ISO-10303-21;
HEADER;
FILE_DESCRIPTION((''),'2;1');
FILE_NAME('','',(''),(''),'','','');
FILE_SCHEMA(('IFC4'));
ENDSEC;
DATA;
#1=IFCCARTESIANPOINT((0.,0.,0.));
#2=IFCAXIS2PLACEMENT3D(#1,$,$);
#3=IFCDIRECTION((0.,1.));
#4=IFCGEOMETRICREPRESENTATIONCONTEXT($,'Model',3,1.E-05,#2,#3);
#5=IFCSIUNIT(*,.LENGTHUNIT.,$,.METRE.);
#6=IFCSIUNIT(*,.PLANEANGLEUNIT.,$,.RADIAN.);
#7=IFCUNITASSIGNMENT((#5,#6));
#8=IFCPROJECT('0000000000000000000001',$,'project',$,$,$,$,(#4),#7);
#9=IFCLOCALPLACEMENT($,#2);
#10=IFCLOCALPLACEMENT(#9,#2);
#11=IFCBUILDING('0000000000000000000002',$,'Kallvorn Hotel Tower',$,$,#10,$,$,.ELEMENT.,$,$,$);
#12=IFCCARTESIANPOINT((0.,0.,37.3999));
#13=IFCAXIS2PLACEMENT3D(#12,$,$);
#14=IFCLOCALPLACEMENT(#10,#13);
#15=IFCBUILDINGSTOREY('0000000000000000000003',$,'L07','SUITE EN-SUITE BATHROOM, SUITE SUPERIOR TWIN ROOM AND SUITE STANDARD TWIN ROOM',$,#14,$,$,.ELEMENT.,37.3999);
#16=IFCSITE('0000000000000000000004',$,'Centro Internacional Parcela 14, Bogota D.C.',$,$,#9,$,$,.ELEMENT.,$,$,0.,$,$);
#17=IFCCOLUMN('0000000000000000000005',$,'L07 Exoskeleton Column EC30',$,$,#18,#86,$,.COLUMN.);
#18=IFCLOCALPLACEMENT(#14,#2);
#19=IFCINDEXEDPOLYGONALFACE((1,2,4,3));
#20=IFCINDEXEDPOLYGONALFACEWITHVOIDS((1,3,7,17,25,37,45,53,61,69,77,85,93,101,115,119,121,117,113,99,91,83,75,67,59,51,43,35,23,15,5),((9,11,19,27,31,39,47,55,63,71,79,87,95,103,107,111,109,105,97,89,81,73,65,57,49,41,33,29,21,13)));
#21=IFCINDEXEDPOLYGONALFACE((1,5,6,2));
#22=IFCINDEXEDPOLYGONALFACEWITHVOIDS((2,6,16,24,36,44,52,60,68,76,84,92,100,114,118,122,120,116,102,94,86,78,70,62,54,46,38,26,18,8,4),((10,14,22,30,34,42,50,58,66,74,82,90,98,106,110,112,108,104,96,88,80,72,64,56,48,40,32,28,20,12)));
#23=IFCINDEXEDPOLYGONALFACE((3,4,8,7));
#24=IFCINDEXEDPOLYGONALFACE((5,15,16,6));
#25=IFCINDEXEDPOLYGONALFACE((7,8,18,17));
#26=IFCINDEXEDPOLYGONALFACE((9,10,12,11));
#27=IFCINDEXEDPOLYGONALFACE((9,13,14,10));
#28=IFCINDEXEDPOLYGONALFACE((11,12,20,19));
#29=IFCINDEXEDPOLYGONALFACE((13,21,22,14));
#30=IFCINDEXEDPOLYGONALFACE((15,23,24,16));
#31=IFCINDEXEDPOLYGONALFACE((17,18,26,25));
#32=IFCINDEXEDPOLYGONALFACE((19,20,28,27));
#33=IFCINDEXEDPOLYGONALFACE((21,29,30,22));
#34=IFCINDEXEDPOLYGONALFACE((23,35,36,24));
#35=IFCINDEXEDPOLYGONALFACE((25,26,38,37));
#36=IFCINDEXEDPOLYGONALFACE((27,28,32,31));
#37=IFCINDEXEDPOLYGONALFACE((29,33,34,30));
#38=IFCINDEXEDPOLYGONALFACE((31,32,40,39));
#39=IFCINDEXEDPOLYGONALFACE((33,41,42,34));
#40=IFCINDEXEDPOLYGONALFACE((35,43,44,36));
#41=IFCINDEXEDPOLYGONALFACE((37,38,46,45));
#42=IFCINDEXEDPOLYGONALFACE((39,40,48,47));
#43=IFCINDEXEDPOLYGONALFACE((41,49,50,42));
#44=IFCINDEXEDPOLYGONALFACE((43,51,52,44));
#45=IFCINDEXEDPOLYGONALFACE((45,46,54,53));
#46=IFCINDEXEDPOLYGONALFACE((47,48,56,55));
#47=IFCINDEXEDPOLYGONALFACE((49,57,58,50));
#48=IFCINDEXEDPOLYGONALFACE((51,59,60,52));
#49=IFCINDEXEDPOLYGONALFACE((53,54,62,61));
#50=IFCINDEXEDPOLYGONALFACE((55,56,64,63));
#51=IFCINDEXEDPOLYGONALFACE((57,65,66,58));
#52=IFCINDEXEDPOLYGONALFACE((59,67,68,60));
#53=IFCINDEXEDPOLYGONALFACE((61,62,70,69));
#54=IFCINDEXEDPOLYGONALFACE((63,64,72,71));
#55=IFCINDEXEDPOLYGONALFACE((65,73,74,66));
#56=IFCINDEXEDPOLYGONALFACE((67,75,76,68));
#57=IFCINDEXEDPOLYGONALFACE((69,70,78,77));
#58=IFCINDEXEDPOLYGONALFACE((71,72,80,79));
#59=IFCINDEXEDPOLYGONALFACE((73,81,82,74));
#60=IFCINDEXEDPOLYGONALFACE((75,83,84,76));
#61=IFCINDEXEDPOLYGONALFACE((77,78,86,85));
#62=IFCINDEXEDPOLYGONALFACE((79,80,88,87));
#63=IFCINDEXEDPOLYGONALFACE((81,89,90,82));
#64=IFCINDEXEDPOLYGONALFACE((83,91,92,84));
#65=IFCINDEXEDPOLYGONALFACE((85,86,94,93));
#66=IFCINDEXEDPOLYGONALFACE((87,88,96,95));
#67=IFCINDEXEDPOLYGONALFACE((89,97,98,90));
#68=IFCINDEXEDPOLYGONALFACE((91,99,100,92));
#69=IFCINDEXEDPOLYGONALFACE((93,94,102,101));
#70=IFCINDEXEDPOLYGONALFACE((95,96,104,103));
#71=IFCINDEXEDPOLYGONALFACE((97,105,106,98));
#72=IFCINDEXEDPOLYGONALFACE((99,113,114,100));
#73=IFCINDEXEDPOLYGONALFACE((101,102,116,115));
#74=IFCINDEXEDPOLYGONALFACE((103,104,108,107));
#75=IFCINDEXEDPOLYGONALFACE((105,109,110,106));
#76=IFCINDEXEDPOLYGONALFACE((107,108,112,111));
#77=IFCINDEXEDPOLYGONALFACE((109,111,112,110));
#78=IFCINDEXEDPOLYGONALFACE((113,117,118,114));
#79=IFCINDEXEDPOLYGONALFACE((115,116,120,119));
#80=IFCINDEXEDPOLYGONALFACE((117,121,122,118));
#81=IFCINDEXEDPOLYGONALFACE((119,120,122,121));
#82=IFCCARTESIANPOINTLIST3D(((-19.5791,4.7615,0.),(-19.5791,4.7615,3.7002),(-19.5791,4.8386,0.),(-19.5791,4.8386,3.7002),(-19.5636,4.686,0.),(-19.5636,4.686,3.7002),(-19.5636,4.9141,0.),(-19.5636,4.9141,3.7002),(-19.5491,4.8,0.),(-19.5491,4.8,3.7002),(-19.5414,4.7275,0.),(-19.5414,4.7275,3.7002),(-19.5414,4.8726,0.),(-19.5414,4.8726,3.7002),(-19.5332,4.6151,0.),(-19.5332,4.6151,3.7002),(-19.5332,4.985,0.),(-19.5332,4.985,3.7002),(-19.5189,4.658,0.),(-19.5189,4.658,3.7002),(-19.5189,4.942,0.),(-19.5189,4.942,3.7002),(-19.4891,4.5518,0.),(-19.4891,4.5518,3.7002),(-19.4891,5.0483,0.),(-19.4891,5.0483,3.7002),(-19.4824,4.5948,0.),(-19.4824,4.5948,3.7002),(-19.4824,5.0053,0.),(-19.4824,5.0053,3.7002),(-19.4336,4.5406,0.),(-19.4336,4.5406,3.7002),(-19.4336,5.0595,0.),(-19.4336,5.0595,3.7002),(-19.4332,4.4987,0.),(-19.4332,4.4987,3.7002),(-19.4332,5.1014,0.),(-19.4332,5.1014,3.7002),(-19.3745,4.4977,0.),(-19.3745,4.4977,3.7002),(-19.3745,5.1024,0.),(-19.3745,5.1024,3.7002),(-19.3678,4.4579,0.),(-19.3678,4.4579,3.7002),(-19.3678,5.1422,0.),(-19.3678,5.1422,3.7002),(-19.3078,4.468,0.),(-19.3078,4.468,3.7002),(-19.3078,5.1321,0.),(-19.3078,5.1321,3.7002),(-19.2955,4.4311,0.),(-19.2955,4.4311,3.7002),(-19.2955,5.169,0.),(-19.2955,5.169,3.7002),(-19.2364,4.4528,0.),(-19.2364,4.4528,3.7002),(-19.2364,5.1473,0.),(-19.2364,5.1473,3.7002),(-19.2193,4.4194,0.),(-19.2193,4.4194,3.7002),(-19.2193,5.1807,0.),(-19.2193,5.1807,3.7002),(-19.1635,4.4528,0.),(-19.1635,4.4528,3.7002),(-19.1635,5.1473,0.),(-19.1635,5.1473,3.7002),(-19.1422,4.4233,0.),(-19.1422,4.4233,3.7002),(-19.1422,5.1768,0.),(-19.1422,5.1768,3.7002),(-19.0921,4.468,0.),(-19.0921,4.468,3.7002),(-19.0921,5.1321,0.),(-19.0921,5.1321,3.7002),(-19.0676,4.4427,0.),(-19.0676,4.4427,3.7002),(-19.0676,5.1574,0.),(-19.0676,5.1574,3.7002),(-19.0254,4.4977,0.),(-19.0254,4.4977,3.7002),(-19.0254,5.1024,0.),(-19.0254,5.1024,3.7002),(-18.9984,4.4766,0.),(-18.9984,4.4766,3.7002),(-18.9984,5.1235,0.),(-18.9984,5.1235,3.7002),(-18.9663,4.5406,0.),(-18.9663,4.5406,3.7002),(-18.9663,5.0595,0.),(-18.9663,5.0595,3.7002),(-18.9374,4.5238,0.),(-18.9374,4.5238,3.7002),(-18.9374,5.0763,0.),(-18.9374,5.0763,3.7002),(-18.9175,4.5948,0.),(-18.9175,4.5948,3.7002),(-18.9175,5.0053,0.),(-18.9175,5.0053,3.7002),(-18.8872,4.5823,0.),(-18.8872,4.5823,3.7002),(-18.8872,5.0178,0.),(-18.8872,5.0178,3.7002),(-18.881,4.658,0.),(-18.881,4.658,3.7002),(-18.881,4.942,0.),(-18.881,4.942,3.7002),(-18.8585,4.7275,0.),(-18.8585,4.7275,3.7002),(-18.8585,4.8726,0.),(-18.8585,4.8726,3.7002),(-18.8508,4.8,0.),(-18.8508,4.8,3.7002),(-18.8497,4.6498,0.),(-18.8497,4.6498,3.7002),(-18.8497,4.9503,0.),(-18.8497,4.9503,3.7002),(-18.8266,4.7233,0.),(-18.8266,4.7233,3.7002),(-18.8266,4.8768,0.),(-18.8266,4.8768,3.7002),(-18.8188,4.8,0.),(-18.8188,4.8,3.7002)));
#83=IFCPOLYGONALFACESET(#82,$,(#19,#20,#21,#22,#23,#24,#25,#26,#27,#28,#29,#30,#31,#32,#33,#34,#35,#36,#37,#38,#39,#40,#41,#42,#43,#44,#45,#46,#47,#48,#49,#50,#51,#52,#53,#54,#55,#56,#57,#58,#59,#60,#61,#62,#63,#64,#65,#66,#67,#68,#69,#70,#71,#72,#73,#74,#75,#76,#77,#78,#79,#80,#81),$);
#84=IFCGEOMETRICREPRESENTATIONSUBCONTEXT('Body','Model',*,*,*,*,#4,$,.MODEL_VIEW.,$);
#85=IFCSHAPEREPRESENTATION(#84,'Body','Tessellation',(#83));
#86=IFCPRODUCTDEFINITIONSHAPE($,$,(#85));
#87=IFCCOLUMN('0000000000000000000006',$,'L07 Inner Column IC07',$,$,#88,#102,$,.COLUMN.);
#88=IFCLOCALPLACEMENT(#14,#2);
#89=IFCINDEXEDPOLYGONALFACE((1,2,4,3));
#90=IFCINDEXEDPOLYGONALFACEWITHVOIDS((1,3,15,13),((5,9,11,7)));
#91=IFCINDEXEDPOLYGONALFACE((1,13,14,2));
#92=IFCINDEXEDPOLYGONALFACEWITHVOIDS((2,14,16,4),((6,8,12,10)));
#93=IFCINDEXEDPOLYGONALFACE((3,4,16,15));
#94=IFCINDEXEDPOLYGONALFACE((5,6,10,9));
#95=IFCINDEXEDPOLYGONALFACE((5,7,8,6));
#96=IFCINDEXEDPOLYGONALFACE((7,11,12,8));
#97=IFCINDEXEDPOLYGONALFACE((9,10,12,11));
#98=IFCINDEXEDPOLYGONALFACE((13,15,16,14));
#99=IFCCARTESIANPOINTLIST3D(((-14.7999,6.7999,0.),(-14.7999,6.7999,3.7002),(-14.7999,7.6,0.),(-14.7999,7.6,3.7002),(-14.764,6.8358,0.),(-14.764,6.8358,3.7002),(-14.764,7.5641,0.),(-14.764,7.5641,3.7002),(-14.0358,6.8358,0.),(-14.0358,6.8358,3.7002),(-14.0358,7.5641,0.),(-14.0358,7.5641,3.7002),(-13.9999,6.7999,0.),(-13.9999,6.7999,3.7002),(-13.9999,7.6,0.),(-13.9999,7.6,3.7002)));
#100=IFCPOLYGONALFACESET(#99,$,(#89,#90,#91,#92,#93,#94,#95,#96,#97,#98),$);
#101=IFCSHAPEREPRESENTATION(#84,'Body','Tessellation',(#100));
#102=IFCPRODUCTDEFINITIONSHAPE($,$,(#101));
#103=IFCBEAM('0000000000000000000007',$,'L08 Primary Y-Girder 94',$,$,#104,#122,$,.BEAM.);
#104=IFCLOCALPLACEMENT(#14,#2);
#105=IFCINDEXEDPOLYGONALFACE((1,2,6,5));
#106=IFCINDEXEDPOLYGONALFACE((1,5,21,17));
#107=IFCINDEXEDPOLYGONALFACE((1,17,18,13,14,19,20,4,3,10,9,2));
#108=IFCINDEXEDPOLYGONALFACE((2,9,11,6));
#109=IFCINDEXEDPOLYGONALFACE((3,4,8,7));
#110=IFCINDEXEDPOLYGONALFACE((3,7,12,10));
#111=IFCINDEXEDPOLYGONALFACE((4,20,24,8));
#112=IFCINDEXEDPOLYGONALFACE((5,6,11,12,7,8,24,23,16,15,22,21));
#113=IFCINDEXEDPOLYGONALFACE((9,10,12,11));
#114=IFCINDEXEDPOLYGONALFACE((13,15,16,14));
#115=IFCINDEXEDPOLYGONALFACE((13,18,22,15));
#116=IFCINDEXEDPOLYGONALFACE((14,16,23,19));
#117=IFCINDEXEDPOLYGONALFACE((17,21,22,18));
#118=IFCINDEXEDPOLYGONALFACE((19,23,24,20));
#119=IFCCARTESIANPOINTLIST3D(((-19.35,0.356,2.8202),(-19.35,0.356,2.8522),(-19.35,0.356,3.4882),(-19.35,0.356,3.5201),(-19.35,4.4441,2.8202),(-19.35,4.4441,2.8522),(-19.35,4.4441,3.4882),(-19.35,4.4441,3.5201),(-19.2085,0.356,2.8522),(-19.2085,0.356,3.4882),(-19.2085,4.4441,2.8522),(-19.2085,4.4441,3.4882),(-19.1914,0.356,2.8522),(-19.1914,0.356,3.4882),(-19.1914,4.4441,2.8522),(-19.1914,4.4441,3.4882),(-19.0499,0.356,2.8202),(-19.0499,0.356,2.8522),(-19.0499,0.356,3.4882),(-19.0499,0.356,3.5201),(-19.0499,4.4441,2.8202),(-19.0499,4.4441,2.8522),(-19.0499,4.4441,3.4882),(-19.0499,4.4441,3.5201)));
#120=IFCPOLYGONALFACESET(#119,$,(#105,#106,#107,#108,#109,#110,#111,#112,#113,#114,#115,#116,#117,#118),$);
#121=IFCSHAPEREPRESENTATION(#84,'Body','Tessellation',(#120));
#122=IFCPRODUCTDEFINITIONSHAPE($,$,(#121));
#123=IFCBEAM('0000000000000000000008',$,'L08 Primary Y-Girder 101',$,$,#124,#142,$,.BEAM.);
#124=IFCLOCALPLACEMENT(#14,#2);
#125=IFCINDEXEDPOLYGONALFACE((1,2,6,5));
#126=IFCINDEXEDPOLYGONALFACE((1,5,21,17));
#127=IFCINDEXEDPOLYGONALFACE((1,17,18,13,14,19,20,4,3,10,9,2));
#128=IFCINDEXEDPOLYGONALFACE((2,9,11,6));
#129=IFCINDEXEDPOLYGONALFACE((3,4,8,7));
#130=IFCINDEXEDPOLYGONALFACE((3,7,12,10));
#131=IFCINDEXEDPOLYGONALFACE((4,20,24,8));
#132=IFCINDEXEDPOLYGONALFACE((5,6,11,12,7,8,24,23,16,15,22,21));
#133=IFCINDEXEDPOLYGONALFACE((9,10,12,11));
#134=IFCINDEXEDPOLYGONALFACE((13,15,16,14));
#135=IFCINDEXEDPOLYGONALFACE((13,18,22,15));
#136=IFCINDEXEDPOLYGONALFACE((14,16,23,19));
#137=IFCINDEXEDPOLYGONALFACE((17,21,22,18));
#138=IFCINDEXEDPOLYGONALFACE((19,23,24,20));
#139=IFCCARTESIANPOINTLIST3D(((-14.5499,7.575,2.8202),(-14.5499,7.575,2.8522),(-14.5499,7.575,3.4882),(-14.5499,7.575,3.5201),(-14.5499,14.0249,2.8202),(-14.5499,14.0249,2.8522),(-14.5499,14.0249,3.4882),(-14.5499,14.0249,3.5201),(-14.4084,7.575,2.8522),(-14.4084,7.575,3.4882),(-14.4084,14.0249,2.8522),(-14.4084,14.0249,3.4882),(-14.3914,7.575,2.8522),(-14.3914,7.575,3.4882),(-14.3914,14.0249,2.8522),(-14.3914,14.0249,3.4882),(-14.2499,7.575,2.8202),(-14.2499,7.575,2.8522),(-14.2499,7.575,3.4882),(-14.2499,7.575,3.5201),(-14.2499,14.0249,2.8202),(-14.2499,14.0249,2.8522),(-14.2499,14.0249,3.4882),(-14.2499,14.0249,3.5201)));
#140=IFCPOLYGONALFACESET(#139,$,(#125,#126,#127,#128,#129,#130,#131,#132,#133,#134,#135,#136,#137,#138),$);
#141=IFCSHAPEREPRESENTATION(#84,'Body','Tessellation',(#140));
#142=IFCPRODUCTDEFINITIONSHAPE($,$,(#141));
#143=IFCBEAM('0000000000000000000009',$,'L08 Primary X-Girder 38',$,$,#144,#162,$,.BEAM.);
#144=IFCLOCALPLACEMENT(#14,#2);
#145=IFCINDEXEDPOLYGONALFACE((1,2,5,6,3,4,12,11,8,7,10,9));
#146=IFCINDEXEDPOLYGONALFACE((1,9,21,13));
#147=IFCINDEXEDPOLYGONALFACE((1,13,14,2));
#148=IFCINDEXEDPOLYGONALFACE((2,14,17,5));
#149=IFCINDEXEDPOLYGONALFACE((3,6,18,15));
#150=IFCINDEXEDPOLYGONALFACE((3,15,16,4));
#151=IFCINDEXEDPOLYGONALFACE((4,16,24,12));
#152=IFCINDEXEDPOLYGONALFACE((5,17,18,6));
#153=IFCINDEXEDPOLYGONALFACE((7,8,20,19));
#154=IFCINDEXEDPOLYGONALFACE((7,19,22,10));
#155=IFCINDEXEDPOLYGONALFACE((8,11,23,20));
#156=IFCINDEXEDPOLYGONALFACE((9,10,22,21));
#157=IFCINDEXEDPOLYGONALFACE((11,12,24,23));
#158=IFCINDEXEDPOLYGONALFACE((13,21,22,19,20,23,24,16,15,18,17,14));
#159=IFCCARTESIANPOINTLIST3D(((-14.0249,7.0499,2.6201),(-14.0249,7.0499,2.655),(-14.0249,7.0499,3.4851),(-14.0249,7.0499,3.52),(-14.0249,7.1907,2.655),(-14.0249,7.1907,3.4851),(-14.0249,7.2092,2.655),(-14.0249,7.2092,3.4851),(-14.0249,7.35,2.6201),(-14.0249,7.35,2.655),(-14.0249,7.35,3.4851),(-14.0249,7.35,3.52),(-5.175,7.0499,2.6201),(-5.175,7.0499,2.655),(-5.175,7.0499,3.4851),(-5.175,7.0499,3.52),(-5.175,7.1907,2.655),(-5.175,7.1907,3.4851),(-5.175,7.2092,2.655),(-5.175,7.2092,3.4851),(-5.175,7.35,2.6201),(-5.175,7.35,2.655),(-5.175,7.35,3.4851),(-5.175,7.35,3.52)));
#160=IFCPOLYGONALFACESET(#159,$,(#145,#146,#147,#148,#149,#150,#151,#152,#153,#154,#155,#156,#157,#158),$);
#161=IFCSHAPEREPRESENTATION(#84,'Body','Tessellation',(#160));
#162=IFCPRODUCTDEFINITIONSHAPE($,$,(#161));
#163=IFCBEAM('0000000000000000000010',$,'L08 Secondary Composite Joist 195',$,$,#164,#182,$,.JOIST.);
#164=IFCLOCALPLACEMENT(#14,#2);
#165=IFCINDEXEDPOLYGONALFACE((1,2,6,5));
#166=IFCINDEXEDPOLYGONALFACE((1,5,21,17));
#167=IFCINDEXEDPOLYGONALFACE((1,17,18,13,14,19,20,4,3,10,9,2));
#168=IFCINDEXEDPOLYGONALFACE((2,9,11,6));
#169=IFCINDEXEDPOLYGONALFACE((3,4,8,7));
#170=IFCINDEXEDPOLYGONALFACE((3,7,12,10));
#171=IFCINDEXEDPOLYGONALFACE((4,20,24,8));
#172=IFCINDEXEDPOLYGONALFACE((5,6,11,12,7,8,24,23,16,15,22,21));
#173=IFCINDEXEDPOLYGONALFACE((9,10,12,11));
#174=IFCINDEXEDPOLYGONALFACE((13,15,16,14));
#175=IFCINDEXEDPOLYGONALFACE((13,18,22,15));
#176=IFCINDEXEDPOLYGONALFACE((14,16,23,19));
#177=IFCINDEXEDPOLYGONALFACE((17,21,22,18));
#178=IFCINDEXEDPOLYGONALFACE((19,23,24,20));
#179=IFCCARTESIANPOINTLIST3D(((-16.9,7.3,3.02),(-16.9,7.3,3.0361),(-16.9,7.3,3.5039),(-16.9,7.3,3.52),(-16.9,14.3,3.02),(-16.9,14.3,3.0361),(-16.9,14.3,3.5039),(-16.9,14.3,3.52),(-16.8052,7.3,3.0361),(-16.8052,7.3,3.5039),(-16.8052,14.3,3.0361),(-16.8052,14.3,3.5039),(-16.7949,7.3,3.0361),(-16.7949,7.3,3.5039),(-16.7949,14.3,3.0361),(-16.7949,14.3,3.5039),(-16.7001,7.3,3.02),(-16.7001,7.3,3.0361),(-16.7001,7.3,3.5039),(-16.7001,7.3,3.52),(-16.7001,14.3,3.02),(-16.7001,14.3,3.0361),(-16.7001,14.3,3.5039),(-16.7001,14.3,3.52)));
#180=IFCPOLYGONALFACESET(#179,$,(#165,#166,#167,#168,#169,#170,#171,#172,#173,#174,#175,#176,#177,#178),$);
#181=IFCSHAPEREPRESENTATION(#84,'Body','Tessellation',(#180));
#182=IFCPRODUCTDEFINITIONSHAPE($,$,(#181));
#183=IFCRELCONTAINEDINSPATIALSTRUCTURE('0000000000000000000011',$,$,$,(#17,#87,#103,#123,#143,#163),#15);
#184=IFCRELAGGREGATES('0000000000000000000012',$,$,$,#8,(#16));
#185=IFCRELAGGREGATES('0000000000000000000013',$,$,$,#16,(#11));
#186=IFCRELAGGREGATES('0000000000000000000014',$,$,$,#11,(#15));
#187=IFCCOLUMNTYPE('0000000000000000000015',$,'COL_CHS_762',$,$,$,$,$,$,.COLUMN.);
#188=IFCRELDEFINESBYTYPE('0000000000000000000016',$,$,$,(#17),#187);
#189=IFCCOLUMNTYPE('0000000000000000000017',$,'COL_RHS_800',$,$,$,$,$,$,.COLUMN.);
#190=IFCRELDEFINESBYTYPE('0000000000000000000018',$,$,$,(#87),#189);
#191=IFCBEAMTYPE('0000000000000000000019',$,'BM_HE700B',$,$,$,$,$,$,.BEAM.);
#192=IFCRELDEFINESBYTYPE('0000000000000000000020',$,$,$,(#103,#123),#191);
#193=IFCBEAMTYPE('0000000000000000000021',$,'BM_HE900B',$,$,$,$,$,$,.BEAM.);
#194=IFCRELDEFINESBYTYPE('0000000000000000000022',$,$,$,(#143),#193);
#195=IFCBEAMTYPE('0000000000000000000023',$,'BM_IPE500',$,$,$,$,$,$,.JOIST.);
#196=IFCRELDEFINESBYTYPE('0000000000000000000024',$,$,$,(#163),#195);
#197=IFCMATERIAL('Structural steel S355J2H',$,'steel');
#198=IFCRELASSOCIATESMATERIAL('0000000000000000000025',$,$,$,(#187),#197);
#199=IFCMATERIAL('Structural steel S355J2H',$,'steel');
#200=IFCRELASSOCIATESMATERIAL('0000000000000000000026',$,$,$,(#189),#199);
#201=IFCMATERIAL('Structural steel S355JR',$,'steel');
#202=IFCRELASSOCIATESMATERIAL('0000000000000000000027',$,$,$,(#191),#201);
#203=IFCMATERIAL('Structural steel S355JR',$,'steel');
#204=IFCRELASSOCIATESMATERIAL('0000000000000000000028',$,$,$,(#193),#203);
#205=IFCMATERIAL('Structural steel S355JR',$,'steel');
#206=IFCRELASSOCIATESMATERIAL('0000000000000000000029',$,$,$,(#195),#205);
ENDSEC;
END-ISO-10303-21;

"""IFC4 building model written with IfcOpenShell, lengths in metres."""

from ifc_helpers import new_model, si_unit, direction, frame, origin, origin_2d, place, context, subcontext, project, spatial, hollow_rectangle, hollow_circle, i_section, extrude, material, material_profile, profile_set, type_object, element, save


model = new_model("IFC4")

# Units and contexts
model_context = context("Model", 3, precision=1e-05, world=origin(), true_north=direction((0.0, 1.0)))
body_context = subcontext(model_context, "Body", "Model", "MODEL_VIEW")
ifc_project = project(units=[si_unit("LENGTHUNIT", "METRE"), si_unit("PLANEANGLEUNIT", "RADIAN")], contexts=[model_context])

# Site, building, storey
site_placement = place(None, origin())
site = spatial("IfcSite", under=ifc_project, at=site_placement, Name="Centro Internacional Parcela 14, Bogota D.C.", CompositionType="ELEMENT", RefElevation=0.0)
building_placement = place(site_placement, origin())
building = spatial("IfcBuilding", under=site, at=building_placement, Name="Kallvorn Hotel Tower", CompositionType="ELEMENT")
storey_placement = place(building_placement, frame((0.0, 0.0, 37.3999)))
storey = spatial("IfcBuildingStorey", under=building, at=storey_placement, Name="L07", Description="SUITE EN-SUITE BATHROOM, SUITE SUPERIOR TWIN ROOM AND SUITE STANDARD TWIN ROOM", CompositionType="ELEMENT", Elevation=37.3999)

# Columns
ifc_material_1 = material(Name="Structural steel S355J2H", Category="steel")
ifc_material_profile_1 = material_profile(ifc_material_1, hollow_circle(Radius=0.3811, WallThickness=0.032, at=origin_2d()), Name="CHS 762x32")
ifc_profile_set_1 = profile_set([ifc_material_profile_1], Name="Structural steel S355J2H")
column_type_1 = type_object("IfcColumnType", Name="COL_CHS_762", PredefinedType="COLUMN", material=ifc_profile_set_1)
column_1_placement = place(storey_placement, frame((-19.2, 4.8, 0.0), z_axis=(0.0, 0.0, 1.0), x_axis=(1.0, 0.0, 0.0)))
element("IfcColumn", 1, at=column_1_placement, inside=storey, type_object=column_type_1, Name="L07 Exoskeleton Column EC30", PredefinedType="COLUMN", context=body_context, shape_type="SweptSolid", body=[
    extrude(hollow_circle(Radius=0.3811, WallThickness=0.032, at=origin_2d()), origin(), (0.0, 0.0, 1.0), 3.7002),
])
ifc_material_2 = material(Name="Structural steel S355J2H", Category="steel")
ifc_material_profile_2 = material_profile(ifc_material_2, hollow_rectangle(XDim=0.8, YDim=0.8, WallThickness=0.0359, at=origin_2d()), Name="RHS 800x800x36")
ifc_profile_set_2 = profile_set([ifc_material_profile_2], Name="Structural steel S355J2H")
column_type_2 = type_object("IfcColumnType", Name="COL_RHS_800", PredefinedType="COLUMN", material=ifc_profile_set_2)
column_2_placement = place(storey_placement, frame((-14.3999, 7.2, 0.0), z_axis=(0.0, 0.0, 1.0), x_axis=(1.0, 0.0, 0.0)))
element("IfcColumn", 2, at=column_2_placement, inside=storey, type_object=column_type_2, Name="L07 Inner Column IC07", PredefinedType="COLUMN", context=body_context, shape_type="SweptSolid", body=[
    extrude(hollow_rectangle(XDim=0.8, YDim=0.8, WallThickness=0.0359, at=origin_2d()), origin(), (0.0, 0.0, 1.0), 3.7002),
])

# Beams
ifc_material_3 = material(Name="Structural steel S355JR", Category="steel")
ifc_material_profile_3 = material_profile(ifc_material_3, i_section(OverallWidth=0.3, OverallDepth=0.7, WebThickness=0.0171, FlangeThickness=0.032, at=origin_2d()), Name="HE 700 B")
ifc_profile_set_3 = profile_set([ifc_material_profile_3], Name="Structural steel S355JR")
beam_type_1 = type_object("IfcBeamType", Name="BM_HE700B", PredefinedType="BEAM", material=ifc_profile_set_3)
beam_1_placement = place(storey_placement, frame((-19.2, 0.356, 3.1702), z_axis=(0.0, 1.0, 0.0), x_axis=(-1.0, 0.0, 0.0)))
element("IfcBeam", 3, at=beam_1_placement, inside=storey, type_object=beam_type_1, Name="L08 Primary Y-Girder 94", PredefinedType="BEAM", context=body_context, shape_type="SweptSolid", body=[
    extrude(i_section(OverallWidth=0.3, OverallDepth=0.7, WebThickness=0.0171, FlangeThickness=0.032, at=origin_2d()), origin(), (0.0, 0.0, 1.0), 4.0881),
])
beam_2_placement = place(storey_placement, frame((-14.3999, 7.575, 3.1702), z_axis=(0.0, 1.0, 0.0), x_axis=(-1.0, 0.0, 0.0)))
element("IfcBeam", 4, at=beam_2_placement, inside=storey, type_object=beam_type_1, Name="L08 Primary Y-Girder 101", PredefinedType="BEAM", context=body_context, shape_type="SweptSolid", body=[
    extrude(i_section(OverallWidth=0.3, OverallDepth=0.7, WebThickness=0.0171, FlangeThickness=0.032, at=origin_2d()), origin(), (0.0, 0.0, 1.0), 6.45),
])
ifc_material_4 = material(Name="Structural steel S355JR", Category="steel")
ifc_material_profile_4 = material_profile(ifc_material_4, i_section(OverallWidth=0.3, OverallDepth=0.8999, WebThickness=0.0186, FlangeThickness=0.0349, at=origin_2d()), Name="HE 900 B")
ifc_profile_set_4 = profile_set([ifc_material_profile_4], Name="Structural steel S355JR")
beam_type_2 = type_object("IfcBeamType", Name="BM_HE900B", PredefinedType="BEAM", material=ifc_profile_set_4)
beam_3_placement = place(storey_placement, frame((-14.0249, 7.2, 3.0701), z_axis=(1.0, 0.0, 0.0), x_axis=(0.0, 1.0, 0.0)))
element("IfcBeam", 5, at=beam_3_placement, inside=storey, type_object=beam_type_2, Name="L08 Primary X-Girder 38", PredefinedType="BEAM", context=body_context, shape_type="SweptSolid", body=[
    extrude(i_section(OverallWidth=0.3, OverallDepth=0.8999, WebThickness=0.0186, FlangeThickness=0.0349, at=origin_2d()), origin(), (0.0, 0.0, 1.0), 8.8499),
])
ifc_material_5 = material(Name="Structural steel S355JR", Category="steel")
ifc_material_profile_5 = material_profile(ifc_material_5, i_section(OverallWidth=0.2, OverallDepth=0.5, WebThickness=0.0103, FlangeThickness=0.0161, at=origin_2d()), Name="IPE 500")
ifc_profile_set_5 = profile_set([ifc_material_profile_5], Name="Structural steel S355JR")
beam_type_3 = type_object("IfcBeamType", Name="BM_IPE500", PredefinedType="JOIST", material=ifc_profile_set_5)
for number, where, z_axis, x_axis, name in (
    (6, (-16.8, 7.3, 3.27), (0.0, 1.0, 0.0), (-1.0, 0.0, 0.0), "L08 Secondary Composite Joist 195"),
):
    element("IfcBeam", number, at=place(storey_placement, frame(where, z_axis=z_axis, x_axis=x_axis)), inside=storey, type_object=beam_type_3, Name=name, PredefinedType="JOIST", context=body_context, shape_type="SweptSolid", body=[
        extrude(i_section(OverallWidth=0.2, OverallDepth=0.5, WebThickness=0.0103, FlangeThickness=0.0161, at=origin_2d()), origin(), (0.0, 0.0, 1.0), 7.0),
    ])

save(model, "model.ifc")
